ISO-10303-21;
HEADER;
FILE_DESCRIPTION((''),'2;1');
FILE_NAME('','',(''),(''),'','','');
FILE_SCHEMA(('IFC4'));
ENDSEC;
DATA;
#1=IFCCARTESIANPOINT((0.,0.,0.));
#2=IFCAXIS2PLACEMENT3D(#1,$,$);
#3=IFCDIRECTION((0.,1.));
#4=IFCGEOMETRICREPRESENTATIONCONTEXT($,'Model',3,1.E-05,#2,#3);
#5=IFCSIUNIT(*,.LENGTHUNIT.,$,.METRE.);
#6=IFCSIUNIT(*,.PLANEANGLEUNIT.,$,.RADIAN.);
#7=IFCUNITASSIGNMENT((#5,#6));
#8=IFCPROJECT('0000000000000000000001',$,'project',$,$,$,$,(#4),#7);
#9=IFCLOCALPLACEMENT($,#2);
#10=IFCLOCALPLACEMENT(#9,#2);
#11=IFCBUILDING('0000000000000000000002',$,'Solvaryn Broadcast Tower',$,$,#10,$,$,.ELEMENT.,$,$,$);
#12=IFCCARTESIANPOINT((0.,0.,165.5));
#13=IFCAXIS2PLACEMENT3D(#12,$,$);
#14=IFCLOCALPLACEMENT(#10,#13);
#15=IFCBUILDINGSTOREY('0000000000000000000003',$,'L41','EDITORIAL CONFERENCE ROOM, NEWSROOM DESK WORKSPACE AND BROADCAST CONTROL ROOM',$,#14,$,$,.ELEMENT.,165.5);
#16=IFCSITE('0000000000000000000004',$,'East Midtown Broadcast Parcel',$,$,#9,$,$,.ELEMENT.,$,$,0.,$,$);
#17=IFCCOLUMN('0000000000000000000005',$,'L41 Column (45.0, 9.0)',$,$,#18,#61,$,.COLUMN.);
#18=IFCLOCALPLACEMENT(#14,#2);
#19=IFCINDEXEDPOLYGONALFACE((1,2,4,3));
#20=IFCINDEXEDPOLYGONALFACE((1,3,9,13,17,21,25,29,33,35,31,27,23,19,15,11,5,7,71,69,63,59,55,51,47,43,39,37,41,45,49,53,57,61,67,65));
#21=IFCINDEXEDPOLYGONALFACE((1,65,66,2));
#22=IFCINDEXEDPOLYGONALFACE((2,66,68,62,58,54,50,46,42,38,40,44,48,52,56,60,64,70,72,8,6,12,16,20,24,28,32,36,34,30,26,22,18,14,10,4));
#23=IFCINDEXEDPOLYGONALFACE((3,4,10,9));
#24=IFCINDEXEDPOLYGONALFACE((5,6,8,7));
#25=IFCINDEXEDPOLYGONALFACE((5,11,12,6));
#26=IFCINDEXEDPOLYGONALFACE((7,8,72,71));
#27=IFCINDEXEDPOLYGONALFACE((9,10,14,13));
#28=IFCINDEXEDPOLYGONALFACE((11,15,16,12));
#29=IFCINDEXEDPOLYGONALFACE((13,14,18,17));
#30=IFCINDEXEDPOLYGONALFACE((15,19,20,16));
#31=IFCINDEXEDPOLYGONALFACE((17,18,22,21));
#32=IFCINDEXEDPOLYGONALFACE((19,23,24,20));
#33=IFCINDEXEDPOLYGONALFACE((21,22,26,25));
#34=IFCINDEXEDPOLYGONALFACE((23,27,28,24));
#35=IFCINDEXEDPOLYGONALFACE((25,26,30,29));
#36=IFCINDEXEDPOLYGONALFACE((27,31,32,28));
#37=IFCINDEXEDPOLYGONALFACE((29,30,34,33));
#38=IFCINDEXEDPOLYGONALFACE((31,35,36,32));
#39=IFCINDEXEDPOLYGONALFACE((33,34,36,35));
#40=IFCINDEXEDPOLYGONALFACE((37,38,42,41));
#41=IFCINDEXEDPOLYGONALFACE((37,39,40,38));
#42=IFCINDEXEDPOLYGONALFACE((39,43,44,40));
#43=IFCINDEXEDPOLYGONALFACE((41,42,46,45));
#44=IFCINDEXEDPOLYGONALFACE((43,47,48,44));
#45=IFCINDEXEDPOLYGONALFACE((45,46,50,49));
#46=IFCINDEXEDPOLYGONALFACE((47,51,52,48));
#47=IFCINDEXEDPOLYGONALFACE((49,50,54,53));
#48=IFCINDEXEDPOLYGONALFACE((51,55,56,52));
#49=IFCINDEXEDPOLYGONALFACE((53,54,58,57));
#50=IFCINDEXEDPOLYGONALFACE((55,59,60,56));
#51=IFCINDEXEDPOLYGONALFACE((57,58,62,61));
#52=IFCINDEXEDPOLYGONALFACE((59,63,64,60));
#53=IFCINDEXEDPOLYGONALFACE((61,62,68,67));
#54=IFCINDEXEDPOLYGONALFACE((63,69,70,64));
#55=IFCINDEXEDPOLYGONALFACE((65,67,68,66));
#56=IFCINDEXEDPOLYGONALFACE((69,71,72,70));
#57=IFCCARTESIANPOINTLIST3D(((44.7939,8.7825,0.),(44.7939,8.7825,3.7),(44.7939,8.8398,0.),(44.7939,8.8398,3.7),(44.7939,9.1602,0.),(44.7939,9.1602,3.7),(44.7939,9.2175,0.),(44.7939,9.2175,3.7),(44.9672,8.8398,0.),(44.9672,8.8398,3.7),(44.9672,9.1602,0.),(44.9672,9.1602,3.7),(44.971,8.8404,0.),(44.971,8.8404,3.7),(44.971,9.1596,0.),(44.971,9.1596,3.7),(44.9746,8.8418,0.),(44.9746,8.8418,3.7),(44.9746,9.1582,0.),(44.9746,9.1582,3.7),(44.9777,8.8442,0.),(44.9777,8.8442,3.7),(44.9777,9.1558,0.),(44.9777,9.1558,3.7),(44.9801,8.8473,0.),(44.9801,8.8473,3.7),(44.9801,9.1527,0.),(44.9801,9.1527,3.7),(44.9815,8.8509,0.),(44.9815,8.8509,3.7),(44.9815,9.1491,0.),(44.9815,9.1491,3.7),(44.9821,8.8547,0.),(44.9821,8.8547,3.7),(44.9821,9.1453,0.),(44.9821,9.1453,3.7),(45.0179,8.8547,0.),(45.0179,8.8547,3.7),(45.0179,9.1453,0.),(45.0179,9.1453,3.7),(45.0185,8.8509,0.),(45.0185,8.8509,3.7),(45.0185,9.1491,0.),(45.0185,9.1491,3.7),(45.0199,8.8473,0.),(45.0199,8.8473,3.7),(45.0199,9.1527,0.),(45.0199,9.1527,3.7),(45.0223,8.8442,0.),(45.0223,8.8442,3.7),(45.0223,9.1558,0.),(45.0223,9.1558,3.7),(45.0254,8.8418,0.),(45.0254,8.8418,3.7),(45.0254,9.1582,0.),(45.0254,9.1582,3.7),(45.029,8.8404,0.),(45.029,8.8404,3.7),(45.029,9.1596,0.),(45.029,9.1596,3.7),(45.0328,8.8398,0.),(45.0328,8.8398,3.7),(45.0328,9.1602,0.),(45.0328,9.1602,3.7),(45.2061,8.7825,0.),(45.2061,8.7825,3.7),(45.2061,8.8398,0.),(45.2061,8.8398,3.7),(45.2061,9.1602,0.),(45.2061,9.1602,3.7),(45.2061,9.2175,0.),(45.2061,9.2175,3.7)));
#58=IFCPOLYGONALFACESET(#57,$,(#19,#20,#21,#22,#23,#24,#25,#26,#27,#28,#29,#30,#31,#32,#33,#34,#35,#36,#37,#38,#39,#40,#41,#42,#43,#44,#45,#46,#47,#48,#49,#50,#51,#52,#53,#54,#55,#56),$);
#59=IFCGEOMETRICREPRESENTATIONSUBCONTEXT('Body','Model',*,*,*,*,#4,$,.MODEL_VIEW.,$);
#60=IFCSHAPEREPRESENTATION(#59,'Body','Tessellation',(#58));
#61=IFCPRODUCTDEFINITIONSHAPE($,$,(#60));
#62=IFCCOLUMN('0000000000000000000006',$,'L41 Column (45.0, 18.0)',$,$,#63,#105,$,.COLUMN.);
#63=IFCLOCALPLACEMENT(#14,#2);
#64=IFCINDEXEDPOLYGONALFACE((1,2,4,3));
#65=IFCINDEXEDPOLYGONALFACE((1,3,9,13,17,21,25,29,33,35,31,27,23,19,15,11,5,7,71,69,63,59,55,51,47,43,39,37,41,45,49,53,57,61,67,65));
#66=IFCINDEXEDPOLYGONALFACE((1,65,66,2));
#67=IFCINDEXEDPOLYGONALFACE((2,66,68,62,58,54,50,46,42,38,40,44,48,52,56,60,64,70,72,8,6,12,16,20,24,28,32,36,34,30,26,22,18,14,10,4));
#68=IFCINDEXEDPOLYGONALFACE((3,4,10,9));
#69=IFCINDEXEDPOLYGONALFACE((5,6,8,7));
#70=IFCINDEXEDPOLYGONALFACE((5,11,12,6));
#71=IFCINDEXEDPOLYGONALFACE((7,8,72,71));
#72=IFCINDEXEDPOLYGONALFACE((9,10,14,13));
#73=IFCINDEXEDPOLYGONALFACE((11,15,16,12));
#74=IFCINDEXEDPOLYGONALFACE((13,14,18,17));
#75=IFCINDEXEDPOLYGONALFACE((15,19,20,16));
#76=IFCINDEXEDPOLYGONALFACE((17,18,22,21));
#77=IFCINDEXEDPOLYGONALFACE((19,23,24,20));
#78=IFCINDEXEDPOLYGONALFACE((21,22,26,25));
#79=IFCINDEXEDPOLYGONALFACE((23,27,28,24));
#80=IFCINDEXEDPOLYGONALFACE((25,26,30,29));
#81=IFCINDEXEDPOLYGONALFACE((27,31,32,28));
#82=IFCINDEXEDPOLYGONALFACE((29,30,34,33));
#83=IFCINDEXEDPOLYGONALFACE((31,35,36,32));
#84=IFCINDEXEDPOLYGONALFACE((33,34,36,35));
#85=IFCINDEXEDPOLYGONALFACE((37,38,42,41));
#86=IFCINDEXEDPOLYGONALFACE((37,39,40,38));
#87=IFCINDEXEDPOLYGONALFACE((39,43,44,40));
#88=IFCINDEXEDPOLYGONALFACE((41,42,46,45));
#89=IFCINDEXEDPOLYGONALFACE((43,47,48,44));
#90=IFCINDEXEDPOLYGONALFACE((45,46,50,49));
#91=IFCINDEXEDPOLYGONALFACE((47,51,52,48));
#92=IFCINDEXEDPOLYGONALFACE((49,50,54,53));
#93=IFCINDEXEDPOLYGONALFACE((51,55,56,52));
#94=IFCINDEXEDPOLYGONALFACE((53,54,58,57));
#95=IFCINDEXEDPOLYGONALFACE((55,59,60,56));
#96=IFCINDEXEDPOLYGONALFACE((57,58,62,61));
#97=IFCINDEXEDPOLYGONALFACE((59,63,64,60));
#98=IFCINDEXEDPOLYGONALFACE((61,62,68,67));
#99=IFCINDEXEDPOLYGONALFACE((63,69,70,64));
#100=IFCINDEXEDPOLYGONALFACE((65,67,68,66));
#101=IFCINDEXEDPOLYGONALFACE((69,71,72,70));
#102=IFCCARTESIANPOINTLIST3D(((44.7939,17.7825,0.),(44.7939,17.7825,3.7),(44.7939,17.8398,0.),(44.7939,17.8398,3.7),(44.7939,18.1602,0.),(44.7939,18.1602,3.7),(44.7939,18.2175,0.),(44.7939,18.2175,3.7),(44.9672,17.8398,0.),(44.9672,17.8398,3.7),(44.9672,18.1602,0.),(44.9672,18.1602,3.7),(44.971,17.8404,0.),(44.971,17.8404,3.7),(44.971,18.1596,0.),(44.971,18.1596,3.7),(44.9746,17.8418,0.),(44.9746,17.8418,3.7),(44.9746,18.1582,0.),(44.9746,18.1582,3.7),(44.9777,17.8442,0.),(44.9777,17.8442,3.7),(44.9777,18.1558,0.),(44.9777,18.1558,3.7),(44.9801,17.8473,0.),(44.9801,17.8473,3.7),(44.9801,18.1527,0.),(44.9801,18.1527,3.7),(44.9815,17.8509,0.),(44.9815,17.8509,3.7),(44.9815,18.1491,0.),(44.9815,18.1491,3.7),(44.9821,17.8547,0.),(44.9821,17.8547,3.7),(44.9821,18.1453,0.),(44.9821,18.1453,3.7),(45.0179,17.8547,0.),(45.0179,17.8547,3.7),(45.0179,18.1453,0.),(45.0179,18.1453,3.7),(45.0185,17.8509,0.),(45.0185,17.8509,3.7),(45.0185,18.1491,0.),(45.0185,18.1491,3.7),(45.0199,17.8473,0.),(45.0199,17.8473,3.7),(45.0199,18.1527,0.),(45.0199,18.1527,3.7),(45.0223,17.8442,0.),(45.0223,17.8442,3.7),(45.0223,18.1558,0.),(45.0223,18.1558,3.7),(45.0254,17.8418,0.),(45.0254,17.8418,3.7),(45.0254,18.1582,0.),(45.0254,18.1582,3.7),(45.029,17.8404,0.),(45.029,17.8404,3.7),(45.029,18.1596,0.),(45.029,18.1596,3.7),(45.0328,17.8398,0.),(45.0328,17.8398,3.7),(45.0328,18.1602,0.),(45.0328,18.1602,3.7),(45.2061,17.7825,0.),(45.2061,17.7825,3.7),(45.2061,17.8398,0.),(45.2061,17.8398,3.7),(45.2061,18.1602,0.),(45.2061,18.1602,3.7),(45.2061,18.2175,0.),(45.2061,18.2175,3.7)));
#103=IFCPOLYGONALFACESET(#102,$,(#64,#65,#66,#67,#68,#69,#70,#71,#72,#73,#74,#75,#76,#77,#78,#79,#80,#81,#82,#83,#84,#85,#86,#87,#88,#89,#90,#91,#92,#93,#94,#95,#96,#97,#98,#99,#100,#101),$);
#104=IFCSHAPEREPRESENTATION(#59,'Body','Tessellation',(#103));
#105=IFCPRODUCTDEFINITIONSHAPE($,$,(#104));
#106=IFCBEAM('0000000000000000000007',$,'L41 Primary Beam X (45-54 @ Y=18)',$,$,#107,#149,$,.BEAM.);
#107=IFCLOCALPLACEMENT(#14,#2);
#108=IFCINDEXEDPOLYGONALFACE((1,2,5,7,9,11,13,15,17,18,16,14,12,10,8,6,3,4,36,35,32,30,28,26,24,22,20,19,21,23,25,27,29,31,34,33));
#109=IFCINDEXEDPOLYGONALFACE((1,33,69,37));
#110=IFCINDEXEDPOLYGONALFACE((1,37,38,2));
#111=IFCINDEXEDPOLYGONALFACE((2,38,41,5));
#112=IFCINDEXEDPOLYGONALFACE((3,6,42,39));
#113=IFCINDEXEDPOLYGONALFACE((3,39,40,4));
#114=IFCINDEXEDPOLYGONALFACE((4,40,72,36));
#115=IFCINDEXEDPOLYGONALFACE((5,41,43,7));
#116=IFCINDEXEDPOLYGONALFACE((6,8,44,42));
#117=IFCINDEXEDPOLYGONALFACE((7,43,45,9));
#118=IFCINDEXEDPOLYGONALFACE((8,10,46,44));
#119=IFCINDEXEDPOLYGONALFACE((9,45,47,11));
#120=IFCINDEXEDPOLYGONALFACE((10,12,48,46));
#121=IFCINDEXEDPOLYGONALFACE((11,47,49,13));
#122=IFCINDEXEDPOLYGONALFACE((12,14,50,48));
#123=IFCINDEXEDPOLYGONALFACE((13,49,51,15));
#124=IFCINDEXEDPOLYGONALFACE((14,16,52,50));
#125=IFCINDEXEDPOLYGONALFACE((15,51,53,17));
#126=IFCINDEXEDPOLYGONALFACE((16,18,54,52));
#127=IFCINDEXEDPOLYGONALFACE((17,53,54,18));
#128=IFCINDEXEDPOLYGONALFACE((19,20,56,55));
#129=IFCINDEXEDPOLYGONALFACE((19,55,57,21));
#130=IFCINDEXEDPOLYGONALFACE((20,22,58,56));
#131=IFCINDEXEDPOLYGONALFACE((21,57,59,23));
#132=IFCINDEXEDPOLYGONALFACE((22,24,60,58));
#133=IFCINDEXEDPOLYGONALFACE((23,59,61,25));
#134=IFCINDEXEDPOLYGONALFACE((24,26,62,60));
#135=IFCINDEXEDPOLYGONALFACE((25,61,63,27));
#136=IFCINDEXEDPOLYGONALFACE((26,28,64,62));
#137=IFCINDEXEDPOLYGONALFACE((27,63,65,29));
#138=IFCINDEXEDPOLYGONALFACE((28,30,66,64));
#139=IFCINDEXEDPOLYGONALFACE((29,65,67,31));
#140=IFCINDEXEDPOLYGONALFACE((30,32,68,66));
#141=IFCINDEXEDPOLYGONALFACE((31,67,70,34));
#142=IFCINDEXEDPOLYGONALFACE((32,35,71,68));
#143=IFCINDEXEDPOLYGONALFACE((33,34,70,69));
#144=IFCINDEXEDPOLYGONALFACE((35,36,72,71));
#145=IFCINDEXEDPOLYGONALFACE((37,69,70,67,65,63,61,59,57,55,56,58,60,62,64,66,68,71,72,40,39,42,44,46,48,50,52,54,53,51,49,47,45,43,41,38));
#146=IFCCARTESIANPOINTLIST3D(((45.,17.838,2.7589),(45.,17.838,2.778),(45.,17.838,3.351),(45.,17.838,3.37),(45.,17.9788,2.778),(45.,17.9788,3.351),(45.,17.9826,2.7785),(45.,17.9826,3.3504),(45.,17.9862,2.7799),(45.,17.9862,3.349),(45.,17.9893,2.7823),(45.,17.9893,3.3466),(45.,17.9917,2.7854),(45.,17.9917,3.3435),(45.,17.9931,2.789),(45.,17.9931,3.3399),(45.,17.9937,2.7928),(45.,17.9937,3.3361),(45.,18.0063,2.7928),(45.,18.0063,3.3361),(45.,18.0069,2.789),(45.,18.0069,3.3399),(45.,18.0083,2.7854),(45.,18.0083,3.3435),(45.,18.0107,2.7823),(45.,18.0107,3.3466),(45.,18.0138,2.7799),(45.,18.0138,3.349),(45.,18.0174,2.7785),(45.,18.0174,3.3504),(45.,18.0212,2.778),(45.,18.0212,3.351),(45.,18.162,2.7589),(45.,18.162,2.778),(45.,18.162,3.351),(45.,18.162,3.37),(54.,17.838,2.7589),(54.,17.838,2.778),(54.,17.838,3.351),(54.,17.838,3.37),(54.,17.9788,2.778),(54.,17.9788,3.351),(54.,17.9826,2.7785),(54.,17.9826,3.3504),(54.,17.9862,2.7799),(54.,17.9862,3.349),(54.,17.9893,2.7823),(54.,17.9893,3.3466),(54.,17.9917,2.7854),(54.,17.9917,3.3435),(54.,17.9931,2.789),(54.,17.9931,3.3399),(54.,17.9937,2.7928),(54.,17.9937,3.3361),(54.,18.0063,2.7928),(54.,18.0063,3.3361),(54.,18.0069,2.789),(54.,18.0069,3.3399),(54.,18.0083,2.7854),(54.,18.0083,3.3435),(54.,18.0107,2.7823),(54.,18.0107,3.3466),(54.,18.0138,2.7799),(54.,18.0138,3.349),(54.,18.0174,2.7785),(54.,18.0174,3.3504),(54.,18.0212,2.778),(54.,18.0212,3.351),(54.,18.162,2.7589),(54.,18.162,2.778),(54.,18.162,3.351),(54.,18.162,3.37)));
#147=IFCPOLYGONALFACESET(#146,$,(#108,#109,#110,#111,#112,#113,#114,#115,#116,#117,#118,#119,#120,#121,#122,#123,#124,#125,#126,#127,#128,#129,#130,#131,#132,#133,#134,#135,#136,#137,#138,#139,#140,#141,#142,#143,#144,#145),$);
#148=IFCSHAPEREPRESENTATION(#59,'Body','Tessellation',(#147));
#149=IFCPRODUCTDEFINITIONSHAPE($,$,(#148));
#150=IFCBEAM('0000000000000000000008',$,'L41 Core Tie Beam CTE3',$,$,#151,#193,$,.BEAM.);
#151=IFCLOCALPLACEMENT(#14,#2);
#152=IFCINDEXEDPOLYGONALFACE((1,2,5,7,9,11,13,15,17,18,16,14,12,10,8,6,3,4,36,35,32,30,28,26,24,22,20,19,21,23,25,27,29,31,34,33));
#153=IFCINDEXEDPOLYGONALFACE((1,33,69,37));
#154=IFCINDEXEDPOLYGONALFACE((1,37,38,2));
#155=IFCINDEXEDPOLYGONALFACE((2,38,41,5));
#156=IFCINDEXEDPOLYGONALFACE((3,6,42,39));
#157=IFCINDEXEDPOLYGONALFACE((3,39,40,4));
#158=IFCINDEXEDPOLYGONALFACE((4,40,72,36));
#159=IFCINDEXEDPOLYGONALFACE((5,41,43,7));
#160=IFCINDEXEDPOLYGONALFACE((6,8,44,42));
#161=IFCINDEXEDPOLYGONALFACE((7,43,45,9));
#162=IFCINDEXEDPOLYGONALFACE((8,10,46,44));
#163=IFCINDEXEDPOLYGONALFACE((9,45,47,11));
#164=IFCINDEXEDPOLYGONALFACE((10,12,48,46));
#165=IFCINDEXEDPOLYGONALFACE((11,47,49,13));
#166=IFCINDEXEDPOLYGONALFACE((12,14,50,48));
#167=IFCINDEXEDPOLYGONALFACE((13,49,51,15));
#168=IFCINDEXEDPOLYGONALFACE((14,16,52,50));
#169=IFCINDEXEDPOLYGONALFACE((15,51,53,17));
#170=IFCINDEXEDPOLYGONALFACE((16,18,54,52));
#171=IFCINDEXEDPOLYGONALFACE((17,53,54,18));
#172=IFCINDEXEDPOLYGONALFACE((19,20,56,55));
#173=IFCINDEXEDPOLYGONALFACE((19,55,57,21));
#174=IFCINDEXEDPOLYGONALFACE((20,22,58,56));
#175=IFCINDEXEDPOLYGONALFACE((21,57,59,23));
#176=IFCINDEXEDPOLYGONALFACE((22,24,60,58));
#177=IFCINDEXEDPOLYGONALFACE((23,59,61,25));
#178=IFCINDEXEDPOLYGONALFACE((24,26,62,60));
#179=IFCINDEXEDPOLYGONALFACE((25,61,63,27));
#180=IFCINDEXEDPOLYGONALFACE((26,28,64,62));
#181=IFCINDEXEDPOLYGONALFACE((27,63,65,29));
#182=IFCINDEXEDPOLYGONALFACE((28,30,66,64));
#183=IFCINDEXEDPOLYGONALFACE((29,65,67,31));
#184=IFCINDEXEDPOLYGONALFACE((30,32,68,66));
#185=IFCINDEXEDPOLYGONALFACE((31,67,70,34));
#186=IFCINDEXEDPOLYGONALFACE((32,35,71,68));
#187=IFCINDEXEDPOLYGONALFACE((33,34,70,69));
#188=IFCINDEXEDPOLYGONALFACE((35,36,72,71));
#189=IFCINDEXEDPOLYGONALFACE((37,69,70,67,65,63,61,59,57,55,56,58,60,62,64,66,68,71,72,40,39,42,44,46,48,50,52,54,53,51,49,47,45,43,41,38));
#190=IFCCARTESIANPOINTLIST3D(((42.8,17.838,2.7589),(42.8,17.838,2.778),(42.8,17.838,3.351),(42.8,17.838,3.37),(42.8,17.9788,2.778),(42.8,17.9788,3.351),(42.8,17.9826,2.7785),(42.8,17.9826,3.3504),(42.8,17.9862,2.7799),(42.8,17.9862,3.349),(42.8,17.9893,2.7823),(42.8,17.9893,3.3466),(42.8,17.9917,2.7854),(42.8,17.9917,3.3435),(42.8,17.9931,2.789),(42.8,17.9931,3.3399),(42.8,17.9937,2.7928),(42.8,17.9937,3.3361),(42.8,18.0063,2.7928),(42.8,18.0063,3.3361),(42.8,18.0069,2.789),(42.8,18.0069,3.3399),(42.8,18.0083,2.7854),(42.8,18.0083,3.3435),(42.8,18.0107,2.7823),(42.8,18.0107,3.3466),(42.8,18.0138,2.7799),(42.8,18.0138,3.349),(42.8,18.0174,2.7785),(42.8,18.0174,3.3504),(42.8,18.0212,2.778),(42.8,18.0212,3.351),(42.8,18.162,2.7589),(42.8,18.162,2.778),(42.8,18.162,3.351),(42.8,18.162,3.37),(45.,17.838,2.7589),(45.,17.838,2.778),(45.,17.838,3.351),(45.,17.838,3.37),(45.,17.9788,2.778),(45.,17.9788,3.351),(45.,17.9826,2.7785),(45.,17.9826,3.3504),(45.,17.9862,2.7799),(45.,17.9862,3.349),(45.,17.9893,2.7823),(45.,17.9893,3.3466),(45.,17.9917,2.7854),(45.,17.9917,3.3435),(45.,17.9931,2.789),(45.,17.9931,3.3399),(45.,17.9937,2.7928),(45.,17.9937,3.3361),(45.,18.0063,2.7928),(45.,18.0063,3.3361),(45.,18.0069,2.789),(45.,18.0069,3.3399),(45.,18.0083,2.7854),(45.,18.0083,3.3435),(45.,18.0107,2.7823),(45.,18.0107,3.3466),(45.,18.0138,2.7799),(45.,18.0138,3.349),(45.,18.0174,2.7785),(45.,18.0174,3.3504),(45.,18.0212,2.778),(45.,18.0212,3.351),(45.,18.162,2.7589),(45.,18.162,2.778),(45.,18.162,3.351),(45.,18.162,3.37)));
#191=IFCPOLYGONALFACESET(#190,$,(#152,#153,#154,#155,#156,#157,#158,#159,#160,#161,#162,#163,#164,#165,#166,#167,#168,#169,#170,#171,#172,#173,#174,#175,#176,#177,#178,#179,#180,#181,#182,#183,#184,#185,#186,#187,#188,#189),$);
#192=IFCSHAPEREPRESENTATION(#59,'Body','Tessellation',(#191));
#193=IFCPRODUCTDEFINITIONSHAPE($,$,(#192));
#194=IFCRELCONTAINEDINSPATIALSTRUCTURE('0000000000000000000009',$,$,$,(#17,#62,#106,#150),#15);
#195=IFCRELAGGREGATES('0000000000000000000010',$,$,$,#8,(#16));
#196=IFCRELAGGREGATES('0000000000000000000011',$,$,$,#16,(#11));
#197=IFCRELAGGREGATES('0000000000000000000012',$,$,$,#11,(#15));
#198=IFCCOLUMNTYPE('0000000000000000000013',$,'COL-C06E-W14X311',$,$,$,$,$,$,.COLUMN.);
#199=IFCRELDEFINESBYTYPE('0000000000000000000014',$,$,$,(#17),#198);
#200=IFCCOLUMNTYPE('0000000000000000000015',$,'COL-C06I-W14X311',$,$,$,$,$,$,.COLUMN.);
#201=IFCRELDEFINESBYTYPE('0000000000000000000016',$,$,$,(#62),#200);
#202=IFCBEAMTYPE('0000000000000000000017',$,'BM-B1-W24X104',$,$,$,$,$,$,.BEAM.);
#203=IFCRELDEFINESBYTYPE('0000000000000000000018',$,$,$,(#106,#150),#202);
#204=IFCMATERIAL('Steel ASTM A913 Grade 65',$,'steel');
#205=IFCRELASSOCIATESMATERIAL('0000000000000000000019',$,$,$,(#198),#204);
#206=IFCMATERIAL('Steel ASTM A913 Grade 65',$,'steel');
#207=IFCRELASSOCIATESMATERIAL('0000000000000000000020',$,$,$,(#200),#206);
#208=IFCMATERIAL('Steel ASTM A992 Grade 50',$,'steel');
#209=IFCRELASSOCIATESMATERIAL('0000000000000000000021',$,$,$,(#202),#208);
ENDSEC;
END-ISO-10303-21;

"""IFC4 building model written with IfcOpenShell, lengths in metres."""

from ifc_helpers import new_model, si_unit, direction, frame, origin, origin_2d, place, context, subcontext, project, spatial, i_section, extrude, material, material_profile, profile_set, type_object, element, save


model = new_model("IFC4")

# Units and contexts
model_context = context("Model", 3, precision=1e-05, world=origin(), true_north=direction((0.0, 1.0)))
body_context = subcontext(model_context, "Body", "Model", "MODEL_VIEW")
ifc_project = project(units=[si_unit("LENGTHUNIT", "METRE"), si_unit("PLANEANGLEUNIT", "RADIAN")], contexts=[model_context])

# Site, building, storey
site_placement = place(None, origin())
site = spatial("IfcSite", under=ifc_project, at=site_placement, Name="East Midtown Broadcast Parcel", CompositionType="ELEMENT", RefElevation=0.0)
building_placement = place(site_placement, origin())
building = spatial("IfcBuilding", under=site, at=building_placement, Name="Solvaryn Broadcast Tower", CompositionType="ELEMENT")
storey_placement = place(building_placement, frame((0.0, 0.0, 165.5)))
storey = spatial("IfcBuildingStorey", under=building, at=storey_placement, Name="L41", Description="EDITORIAL CONFERENCE ROOM, NEWSROOM DESK WORKSPACE AND BROADCAST CONTROL ROOM", CompositionType="ELEMENT", Elevation=165.5)

# Columns
ifc_material_1 = material(Name="Steel ASTM A913 Grade 65", Category="steel")
ifc_material_profile_1 = material_profile(ifc_material_1, i_section(OverallWidth=0.4121, OverallDepth=0.4351, WebThickness=0.0359, FlangeThickness=0.0574, FilletRadius=0.0149, at=origin_2d()))
ifc_profile_set_1 = profile_set([ifc_material_profile_1], Name="Steel ASTM A913 Grade 65")
column_type_1 = type_object("IfcColumnType", Name="COL-C06E-W14X311", PredefinedType="COLUMN", material=ifc_profile_set_1)
column_1_placement = place(storey_placement, frame((45.0, 9.0, 0.0), z_axis=(0.0, 0.0, 1.0), x_axis=(1.0, 0.0, 0.0)))
element("IfcColumn", 1, at=column_1_placement, inside=storey, type_object=column_type_1, Name="L41 Column (45.0, 9.0)", PredefinedType="COLUMN", context=body_context, shape_type="SweptSolid", body=[
    extrude(i_section(OverallWidth=0.4121, OverallDepth=0.4351, WebThickness=0.0359, FlangeThickness=0.0574, FilletRadius=0.0149, at=origin_2d()), origin(), (0.0, 0.0, 1.0), 3.7),
])
ifc_material_2 = material(Name="Steel ASTM A913 Grade 65", Category="steel")
ifc_material_profile_2 = material_profile(ifc_material_2, i_section(OverallWidth=0.4121, OverallDepth=0.4351, WebThickness=0.0359, FlangeThickness=0.0574, FilletRadius=0.0149, at=origin_2d()))
ifc_profile_set_2 = profile_set([ifc_material_profile_2], Name="Steel ASTM A913 Grade 65")
column_type_2 = type_object("IfcColumnType", Name="COL-C06I-W14X311", PredefinedType="COLUMN", material=ifc_profile_set_2)
column_2_placement = place(storey_placement, frame((45.0, 18.0, 0.0), z_axis=(0.0, 0.0, 1.0), x_axis=(1.0, 0.0, 0.0)))
element("IfcColumn", 2, at=column_2_placement, inside=storey, type_object=column_type_2, Name="L41 Column (45.0, 18.0)", PredefinedType="COLUMN", context=body_context, shape_type="SweptSolid", body=[
    extrude(i_section(OverallWidth=0.4121, OverallDepth=0.4351, WebThickness=0.0359, FlangeThickness=0.0574, FilletRadius=0.0149, at=origin_2d()), origin(), (0.0, 0.0, 1.0), 3.7),
])

# Beams
ifc_material_3 = material(Name="Steel ASTM A992 Grade 50", Category="steel")
ifc_material_profile_3 = material_profile(ifc_material_3, i_section(OverallWidth=0.324, OverallDepth=0.6111, WebThickness=0.0127, FlangeThickness=0.019, FilletRadius=0.0149, at=origin_2d()))
ifc_profile_set_3 = profile_set([ifc_material_profile_3], Name="Steel ASTM A992 Grade 50")
beam_type_1 = type_object("IfcBeamType", Name="BM-B1-W24X104", PredefinedType="BEAM", material=ifc_profile_set_3)
beam_1_placement = place(storey_placement, frame((45.0, 18.0, 3.0645), z_axis=(1.0, 0.0, 0.0), x_axis=(0.0, 1.0, 0.0)))
element("IfcBeam", 3, at=beam_1_placement, inside=storey, type_object=beam_type_1, Name="L41 Primary Beam X (45-54 @ Y=18)", PredefinedType="BEAM", context=body_context, shape_type="SweptSolid", body=[
    extrude(i_section(OverallWidth=0.324, OverallDepth=0.6111, WebThickness=0.0127, FlangeThickness=0.019, FilletRadius=0.0149, at=origin_2d()), origin(), (0.0, 0.0, 1.0), 9.0),
])
beam_2_placement = place(storey_placement, frame((42.8, 18.0, 3.0645), z_axis=(1.0, 0.0, 0.0), x_axis=(0.0, 1.0, 0.0)))
element("IfcBeam", 4, at=beam_2_placement, inside=storey, type_object=beam_type_1, Name="L41 Core Tie Beam CTE3", PredefinedType="BEAM", context=body_context, shape_type="SweptSolid", body=[
    extrude(i_section(OverallWidth=0.324, OverallDepth=0.6111, WebThickness=0.0127, FlangeThickness=0.019, FilletRadius=0.0149, at=origin_2d()), origin(), (0.0, 0.0, 1.0), 2.2),
])

save(model, "model.ifc")
